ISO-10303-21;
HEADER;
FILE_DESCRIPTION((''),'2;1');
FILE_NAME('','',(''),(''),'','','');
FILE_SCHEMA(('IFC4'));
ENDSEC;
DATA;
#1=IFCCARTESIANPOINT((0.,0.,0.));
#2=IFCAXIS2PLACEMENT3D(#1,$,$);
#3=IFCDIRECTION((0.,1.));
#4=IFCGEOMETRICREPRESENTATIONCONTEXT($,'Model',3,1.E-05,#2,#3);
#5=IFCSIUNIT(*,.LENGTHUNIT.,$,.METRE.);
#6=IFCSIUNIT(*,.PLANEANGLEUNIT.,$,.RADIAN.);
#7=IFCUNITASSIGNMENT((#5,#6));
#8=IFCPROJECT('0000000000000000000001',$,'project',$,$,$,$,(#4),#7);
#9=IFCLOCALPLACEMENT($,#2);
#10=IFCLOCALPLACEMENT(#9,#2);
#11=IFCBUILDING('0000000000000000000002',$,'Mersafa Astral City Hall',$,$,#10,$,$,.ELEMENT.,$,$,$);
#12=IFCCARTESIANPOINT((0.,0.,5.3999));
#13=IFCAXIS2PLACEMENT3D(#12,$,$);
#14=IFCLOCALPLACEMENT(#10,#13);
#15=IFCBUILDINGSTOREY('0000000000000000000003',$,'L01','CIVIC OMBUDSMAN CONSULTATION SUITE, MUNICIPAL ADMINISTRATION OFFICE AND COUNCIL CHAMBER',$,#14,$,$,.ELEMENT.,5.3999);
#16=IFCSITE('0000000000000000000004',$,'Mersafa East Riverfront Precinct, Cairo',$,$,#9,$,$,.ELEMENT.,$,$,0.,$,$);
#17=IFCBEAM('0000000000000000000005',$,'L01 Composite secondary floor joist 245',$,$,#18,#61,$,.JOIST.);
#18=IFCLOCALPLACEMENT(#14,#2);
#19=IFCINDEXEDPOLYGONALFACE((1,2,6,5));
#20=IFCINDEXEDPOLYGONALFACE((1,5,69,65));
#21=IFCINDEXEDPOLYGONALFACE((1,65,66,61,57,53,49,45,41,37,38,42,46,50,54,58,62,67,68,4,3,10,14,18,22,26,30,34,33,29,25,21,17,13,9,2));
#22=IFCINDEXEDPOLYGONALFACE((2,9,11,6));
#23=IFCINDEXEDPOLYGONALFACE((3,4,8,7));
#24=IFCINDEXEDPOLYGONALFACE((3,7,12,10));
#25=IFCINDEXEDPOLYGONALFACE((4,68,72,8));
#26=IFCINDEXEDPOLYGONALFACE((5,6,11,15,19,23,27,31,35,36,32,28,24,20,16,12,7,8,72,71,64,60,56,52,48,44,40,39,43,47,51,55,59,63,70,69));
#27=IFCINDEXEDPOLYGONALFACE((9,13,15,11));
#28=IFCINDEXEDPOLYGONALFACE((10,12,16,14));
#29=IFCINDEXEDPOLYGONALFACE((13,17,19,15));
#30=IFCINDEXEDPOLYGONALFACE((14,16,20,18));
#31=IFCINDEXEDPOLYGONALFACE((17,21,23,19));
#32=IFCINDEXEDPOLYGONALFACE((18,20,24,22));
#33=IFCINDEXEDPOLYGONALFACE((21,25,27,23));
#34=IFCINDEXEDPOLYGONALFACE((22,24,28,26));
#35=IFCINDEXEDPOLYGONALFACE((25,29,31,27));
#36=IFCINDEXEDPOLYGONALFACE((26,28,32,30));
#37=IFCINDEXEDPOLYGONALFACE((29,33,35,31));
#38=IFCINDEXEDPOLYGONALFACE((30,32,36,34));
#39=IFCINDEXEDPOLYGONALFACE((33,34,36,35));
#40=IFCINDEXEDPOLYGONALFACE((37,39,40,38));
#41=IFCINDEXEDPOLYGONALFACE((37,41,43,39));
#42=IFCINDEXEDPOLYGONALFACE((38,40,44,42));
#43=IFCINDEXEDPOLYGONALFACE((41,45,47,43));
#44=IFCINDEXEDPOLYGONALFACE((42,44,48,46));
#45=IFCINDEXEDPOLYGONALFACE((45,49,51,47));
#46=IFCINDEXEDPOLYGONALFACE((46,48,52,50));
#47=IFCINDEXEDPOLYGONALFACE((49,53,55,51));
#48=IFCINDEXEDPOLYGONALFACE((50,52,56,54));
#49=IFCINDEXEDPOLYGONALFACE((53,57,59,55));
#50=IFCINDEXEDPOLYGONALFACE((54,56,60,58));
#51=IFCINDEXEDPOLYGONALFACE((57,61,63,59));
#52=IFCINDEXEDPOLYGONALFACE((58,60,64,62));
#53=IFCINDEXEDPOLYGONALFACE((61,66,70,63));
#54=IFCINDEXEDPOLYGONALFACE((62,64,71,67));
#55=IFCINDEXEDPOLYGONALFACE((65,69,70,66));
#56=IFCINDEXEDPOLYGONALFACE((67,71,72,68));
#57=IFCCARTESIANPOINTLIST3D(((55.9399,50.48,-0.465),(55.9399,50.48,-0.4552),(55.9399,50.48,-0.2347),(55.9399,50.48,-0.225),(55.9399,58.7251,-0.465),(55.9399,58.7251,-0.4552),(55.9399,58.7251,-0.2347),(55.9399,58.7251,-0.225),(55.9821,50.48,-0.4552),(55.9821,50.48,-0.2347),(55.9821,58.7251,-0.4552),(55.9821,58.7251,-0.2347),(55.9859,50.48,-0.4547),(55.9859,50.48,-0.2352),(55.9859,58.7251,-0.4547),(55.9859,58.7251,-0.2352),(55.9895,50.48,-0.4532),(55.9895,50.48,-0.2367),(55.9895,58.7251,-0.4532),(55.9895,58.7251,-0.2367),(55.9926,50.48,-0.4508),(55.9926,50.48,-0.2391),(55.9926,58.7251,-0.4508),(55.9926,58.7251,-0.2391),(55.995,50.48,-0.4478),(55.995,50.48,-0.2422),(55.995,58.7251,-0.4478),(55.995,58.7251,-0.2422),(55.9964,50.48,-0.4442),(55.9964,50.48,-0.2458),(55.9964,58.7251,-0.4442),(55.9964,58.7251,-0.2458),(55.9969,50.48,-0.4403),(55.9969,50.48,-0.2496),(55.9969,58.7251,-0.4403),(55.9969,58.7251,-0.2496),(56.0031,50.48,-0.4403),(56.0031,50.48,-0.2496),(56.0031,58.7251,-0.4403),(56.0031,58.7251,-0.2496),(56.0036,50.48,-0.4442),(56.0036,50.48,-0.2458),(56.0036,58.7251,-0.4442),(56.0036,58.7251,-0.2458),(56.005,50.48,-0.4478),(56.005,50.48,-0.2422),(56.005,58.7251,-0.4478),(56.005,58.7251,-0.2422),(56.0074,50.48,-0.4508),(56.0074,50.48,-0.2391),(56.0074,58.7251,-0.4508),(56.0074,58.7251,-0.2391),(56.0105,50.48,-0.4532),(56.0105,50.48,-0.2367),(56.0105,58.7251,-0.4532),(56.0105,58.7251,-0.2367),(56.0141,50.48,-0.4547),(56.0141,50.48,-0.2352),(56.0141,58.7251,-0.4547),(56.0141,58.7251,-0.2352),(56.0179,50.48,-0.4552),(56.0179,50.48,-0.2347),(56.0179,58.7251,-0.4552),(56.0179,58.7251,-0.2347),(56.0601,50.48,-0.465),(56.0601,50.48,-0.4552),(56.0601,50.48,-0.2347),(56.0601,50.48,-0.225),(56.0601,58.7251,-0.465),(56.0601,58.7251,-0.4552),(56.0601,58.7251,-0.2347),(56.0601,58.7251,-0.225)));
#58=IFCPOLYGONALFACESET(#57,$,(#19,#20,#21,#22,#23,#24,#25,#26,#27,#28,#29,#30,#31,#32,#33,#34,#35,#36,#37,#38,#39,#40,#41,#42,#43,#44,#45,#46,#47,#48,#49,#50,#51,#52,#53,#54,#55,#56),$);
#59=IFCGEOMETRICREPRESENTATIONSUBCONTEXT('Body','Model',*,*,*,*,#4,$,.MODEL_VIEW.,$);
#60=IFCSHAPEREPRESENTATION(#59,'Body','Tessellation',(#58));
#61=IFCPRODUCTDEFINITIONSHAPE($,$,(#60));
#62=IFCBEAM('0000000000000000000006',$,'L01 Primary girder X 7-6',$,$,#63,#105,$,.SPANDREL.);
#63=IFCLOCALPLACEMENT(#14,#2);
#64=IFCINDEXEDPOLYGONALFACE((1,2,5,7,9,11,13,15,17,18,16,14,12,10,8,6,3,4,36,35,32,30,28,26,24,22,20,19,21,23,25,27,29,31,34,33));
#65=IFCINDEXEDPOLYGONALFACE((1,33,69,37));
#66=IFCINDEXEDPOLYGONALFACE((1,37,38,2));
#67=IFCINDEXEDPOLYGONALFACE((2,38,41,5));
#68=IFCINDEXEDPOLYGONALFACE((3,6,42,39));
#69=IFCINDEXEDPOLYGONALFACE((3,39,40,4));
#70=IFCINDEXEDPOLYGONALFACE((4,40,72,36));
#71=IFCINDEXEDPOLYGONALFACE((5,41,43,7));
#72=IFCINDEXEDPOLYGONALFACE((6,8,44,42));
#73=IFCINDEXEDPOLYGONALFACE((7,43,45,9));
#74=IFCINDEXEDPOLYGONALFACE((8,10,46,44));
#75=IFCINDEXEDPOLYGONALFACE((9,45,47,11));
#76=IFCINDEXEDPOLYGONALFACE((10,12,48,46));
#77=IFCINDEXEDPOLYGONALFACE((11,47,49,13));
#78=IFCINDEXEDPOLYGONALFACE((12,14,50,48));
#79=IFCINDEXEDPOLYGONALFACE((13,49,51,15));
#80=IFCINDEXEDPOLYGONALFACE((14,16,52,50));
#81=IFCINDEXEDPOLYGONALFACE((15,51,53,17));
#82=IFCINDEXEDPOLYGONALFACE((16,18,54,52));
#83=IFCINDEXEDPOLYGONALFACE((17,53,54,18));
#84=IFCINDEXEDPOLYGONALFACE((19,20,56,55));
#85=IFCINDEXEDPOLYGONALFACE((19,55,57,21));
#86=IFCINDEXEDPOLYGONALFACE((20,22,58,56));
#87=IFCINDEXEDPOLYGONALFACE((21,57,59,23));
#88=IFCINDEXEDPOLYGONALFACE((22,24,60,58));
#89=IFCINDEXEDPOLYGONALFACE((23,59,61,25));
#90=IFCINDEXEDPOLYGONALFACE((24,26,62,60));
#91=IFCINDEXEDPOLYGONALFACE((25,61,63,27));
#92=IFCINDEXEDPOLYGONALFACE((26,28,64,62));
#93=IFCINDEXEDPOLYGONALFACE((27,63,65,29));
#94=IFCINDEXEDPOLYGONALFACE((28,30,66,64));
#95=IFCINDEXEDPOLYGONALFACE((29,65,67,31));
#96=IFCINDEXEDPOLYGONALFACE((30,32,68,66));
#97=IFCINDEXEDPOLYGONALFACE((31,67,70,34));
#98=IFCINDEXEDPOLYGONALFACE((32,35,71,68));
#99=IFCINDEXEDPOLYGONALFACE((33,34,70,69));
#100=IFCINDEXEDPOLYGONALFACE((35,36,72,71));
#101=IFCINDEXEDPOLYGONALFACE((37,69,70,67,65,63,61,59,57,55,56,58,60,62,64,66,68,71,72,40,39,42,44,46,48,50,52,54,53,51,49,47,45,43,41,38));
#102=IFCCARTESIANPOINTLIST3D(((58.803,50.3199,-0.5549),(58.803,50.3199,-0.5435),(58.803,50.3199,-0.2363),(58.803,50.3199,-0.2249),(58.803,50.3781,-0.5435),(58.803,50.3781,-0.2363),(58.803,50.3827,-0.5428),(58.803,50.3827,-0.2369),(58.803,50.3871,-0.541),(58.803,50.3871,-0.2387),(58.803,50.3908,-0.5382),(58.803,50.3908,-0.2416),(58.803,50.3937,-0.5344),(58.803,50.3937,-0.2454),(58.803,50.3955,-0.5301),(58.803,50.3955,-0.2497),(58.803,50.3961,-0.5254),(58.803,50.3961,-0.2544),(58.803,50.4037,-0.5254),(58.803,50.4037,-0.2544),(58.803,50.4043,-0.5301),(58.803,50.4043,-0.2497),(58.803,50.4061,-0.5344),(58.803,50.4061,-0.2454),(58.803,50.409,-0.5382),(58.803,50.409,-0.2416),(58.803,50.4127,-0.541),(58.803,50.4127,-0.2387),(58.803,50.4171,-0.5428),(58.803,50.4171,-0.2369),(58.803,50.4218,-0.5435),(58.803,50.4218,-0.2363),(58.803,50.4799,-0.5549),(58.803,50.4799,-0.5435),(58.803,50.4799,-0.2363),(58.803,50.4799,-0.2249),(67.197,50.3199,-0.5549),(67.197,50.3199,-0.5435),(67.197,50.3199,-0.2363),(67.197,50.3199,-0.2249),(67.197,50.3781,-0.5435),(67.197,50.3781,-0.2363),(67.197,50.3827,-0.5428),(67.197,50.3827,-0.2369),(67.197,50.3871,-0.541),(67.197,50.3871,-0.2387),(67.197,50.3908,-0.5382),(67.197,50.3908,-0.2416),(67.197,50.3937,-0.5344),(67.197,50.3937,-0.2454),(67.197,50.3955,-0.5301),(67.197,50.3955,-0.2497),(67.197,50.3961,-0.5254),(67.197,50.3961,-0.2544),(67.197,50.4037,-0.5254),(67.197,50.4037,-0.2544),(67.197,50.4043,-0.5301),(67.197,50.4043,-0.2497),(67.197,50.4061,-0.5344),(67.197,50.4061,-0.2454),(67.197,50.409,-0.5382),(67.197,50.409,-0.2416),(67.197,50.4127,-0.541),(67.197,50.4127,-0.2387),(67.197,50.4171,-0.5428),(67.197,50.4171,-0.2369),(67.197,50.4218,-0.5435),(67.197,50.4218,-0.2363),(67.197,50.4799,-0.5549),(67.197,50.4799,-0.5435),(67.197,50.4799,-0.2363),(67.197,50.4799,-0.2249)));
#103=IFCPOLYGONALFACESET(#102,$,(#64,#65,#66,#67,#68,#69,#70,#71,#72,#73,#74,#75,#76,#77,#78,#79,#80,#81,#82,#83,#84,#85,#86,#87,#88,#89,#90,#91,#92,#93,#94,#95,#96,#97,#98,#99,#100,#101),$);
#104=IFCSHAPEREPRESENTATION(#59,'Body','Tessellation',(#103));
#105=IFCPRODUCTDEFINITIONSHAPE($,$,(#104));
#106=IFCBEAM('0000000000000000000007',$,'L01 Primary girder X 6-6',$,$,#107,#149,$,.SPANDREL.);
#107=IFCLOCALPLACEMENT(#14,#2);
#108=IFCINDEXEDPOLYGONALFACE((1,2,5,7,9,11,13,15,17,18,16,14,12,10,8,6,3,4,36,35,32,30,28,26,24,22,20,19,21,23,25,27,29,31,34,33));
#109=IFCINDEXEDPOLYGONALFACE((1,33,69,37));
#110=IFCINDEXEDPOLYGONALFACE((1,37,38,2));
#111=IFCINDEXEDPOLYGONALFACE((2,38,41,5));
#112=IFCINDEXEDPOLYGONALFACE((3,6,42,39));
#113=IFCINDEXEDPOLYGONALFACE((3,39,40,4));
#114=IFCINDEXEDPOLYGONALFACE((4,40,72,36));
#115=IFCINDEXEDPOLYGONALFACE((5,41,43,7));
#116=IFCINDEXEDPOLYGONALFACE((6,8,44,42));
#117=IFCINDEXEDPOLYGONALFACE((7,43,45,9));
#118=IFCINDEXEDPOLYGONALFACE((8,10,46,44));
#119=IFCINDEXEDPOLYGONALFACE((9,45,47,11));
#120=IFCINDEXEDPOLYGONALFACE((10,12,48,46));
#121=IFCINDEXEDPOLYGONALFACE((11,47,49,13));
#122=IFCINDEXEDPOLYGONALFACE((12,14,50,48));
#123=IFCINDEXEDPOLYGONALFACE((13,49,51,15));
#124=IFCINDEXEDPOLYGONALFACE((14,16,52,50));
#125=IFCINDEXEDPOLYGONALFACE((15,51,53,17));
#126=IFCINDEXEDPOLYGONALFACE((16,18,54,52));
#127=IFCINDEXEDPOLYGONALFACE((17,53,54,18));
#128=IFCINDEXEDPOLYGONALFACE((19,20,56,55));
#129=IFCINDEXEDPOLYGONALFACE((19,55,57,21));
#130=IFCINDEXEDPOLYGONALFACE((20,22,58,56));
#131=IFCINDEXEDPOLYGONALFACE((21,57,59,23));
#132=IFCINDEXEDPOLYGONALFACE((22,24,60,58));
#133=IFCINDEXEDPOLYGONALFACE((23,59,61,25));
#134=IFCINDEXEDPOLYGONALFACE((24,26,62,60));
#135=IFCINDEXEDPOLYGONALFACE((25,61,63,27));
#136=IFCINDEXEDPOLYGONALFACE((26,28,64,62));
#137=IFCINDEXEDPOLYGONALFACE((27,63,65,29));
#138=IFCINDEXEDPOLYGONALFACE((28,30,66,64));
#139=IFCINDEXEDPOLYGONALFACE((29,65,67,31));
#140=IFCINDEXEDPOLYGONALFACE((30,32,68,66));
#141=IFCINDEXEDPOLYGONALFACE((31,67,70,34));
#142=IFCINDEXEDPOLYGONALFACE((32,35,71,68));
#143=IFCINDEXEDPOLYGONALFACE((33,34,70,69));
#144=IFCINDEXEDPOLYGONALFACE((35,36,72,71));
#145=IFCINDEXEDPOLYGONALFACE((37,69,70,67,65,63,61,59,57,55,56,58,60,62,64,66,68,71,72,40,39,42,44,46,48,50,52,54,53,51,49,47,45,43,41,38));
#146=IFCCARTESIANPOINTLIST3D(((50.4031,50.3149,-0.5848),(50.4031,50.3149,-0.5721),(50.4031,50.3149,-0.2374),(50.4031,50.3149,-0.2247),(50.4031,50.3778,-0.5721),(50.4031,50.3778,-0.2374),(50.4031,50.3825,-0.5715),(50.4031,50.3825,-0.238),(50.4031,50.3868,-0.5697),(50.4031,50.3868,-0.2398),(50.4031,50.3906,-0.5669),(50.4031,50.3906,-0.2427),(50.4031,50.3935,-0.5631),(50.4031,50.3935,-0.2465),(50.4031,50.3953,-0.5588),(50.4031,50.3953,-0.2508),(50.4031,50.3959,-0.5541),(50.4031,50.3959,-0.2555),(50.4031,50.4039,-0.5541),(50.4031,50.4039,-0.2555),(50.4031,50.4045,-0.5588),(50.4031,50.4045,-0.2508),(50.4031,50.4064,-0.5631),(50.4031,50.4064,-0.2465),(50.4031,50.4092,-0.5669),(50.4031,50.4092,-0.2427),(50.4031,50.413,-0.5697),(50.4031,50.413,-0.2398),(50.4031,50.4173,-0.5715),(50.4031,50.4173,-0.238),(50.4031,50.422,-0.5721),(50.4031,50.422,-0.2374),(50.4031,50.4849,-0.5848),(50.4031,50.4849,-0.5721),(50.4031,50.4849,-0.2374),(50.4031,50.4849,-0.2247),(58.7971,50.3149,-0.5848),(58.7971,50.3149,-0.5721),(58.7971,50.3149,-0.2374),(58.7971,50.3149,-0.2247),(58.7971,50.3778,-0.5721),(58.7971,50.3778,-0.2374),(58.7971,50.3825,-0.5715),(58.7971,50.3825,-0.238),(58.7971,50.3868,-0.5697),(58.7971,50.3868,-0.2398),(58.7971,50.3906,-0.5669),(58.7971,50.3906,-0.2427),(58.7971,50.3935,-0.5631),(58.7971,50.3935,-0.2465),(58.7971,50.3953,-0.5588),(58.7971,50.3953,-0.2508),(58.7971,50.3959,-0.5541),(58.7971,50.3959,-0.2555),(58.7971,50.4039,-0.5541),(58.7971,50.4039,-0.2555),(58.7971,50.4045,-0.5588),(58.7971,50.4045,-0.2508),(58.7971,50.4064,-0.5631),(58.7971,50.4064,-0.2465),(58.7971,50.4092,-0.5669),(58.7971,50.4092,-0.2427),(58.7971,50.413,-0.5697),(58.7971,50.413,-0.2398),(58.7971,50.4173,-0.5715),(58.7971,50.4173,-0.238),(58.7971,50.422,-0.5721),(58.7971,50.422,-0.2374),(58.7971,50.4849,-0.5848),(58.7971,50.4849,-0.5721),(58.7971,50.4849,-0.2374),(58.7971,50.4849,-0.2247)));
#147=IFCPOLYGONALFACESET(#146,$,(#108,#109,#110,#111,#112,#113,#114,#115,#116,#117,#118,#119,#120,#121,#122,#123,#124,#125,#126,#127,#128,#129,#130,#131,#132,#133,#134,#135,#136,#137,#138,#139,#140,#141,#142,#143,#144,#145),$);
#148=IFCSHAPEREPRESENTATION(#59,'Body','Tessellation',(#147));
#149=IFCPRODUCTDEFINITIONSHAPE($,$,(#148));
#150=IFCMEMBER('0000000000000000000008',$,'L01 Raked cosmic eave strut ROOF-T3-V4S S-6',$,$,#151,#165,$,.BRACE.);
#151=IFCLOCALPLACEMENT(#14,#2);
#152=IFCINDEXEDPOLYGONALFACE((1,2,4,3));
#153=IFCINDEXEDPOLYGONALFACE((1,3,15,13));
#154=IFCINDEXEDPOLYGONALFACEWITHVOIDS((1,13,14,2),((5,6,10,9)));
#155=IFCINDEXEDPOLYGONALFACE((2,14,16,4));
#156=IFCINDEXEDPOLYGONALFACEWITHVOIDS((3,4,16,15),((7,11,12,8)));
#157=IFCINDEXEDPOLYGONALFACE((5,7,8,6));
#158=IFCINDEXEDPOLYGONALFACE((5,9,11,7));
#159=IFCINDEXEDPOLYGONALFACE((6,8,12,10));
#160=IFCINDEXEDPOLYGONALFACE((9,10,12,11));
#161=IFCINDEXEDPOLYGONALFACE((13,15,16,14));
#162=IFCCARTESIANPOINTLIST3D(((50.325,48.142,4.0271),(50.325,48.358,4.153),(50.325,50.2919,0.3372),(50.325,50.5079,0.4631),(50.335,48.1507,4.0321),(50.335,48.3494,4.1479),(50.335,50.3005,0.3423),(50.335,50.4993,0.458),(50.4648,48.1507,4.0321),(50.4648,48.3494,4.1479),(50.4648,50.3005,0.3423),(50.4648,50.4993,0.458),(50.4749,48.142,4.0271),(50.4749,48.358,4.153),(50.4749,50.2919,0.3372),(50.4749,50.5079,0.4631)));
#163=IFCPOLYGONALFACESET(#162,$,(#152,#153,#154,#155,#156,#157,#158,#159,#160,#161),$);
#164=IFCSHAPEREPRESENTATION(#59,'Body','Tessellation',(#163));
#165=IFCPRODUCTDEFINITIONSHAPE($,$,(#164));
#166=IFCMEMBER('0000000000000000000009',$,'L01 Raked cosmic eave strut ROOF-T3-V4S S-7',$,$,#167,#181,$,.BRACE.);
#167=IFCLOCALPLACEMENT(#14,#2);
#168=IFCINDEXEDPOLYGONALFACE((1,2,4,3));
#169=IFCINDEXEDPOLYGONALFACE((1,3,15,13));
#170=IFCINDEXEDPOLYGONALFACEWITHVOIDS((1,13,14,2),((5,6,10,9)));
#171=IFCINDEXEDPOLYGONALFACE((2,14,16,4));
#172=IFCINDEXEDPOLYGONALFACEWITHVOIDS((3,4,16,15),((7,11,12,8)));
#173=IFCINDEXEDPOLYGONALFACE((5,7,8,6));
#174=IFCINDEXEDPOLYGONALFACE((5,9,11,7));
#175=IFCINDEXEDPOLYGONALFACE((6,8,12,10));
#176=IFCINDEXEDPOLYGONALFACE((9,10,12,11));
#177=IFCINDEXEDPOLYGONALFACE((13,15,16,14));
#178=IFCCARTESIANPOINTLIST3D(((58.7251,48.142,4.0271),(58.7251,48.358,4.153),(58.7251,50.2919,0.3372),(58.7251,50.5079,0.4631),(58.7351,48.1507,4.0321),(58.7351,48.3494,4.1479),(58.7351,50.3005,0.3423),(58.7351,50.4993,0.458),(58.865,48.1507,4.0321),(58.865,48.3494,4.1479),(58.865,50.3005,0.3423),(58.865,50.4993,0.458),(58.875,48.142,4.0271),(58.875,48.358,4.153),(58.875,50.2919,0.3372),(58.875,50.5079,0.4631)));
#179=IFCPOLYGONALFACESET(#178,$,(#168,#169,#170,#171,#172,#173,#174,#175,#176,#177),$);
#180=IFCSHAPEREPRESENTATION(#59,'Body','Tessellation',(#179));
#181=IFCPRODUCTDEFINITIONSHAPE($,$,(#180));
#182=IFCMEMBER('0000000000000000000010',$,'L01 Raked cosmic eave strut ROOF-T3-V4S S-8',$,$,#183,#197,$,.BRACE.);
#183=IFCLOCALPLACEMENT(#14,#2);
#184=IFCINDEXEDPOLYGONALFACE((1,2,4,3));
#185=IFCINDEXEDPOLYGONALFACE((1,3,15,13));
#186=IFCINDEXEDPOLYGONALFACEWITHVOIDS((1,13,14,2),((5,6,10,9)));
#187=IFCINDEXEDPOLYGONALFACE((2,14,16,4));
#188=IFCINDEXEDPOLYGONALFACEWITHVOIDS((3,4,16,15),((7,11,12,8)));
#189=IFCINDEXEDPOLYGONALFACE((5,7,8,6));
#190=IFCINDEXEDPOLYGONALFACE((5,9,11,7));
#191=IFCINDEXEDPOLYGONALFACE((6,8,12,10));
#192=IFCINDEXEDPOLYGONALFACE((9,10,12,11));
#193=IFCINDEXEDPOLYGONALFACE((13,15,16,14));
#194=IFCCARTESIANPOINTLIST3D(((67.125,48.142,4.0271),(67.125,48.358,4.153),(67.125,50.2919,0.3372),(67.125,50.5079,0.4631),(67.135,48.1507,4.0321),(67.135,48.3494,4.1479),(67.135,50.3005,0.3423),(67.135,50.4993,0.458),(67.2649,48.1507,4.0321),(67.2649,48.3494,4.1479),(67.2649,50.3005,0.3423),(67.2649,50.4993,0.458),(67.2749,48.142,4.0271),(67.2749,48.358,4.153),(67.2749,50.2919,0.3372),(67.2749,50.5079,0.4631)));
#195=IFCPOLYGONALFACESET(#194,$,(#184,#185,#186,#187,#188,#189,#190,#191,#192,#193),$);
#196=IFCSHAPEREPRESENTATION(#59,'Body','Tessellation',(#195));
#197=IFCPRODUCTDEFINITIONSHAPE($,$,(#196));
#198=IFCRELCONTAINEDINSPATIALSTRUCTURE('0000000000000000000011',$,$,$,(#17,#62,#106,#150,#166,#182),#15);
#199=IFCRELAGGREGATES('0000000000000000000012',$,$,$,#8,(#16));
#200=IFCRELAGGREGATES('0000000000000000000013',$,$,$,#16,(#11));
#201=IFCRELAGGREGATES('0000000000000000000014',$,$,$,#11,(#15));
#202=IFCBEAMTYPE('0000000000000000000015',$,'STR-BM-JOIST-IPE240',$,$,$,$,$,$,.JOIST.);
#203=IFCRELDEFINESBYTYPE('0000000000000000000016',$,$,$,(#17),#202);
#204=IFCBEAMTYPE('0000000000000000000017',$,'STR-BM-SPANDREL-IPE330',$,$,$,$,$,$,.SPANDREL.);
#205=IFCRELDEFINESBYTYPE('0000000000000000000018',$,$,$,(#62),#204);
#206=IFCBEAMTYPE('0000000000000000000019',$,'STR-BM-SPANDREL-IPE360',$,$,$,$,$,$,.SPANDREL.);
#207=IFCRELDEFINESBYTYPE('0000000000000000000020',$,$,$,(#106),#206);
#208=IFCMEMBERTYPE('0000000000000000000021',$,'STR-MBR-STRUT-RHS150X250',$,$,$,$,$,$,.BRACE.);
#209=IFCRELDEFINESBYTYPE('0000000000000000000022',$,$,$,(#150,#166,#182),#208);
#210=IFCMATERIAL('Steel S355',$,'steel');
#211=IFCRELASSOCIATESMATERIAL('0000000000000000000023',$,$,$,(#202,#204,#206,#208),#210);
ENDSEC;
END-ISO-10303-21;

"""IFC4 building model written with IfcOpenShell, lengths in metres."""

from ifc_helpers import new_model, si_unit, direction, frame, origin, origin_2d, place, context, subcontext, project, spatial, hollow_rectangle, i_section, extrude, material, material_profile, profile_set, type_object, element, save


model = new_model("IFC4")

# Units and contexts
model_context = context("Model", 3, precision=1e-05, world=origin(), true_north=direction((0.0, 1.0)))
body_context = subcontext(model_context, "Body", "Model", "MODEL_VIEW")
ifc_project = project(units=[si_unit("LENGTHUNIT", "METRE"), si_unit("PLANEANGLEUNIT", "RADIAN")], contexts=[model_context])

# Site, building, storey
site_placement = place(None, origin())
site = spatial("IfcSite", under=ifc_project, at=site_placement, Name="Mersafa East Riverfront Precinct, Cairo", CompositionType="ELEMENT", RefElevation=0.0)
building_placement = place(site_placement, origin())
building = spatial("IfcBuilding", under=site, at=building_placement, Name="Mersafa Astral City Hall", CompositionType="ELEMENT")
storey_placement = place(building_placement, frame((0.0, 0.0, 5.3999)))
storey = spatial("IfcBuildingStorey", under=building, at=storey_placement, Name="L01", Description="CIVIC OMBUDSMAN CONSULTATION SUITE, MUNICIPAL ADMINISTRATION OFFICE AND COUNCIL CHAMBER", CompositionType="ELEMENT", Elevation=5.3999)

# Shared definitions
ifc_material_1 = material(Name="Steel S355", Category="steel")

# Beams
ifc_material_profile_1 = material_profile(ifc_material_1, i_section(OverallWidth=0.1201, OverallDepth=0.24, WebThickness=0.0061, FlangeThickness=0.0098, FilletRadius=0.0149, at=origin_2d()), Name="IPE 240")
ifc_profile_set_1 = profile_set([ifc_material_profile_1], Name="Steel S355")
beam_type_1 = type_object("IfcBeamType", Name="STR-BM-JOIST-IPE240", PredefinedType="JOIST", material=ifc_profile_set_1)
for number, where, z_axis, x_axis, name in (
    (1, (56.0, 50.48, -0.345), (0.0, 1.0, 0.0), (-1.0, 0.0, 0.0), "L01 Composite secondary floor joist 245"),
):
    element("IfcBeam", number, at=place(storey_placement, frame(where, z_axis=z_axis, x_axis=x_axis)), inside=storey, type_object=beam_type_1, Name=name, PredefinedType="JOIST", context=body_context, shape_type="SweptSolid", body=[
        extrude(i_section(OverallWidth=0.1201, OverallDepth=0.24, WebThickness=0.0061, FlangeThickness=0.0098, FilletRadius=0.0149, at=origin_2d()), origin(), (0.0, 0.0, 1.0), 8.2451),
    ])
ifc_material_profile_2 = material_profile(ifc_material_1, i_section(OverallWidth=0.1599, OverallDepth=0.3301, WebThickness=0.0076, FlangeThickness=0.0115, FilletRadius=0.0181, at=origin_2d()), Name="IPE 330")
ifc_profile_set_2 = profile_set([ifc_material_profile_2], Name="Steel S355")
beam_type_2 = type_object("IfcBeamType", Name="STR-BM-SPANDREL-IPE330", PredefinedType="SPANDREL", material=ifc_profile_set_2)
beam_1_placement = place(storey_placement, frame((58.803, 50.3999, -0.3899), z_axis=(1.0, 0.0, 0.0), x_axis=(0.0, 1.0, 0.0)))
element("IfcBeam", 2, at=beam_1_placement, inside=storey, type_object=beam_type_2, Name="L01 Primary girder X 7-6", PredefinedType="SPANDREL", context=body_context, shape_type="SweptSolid", body=[
    extrude(i_section(OverallWidth=0.1599, OverallDepth=0.3301, WebThickness=0.0076, FlangeThickness=0.0115, FilletRadius=0.0181, at=origin_2d()), origin(), (0.0, 0.0, 1.0), 8.394),
])
ifc_material_profile_3 = material_profile(ifc_material_1, i_section(OverallWidth=0.1699, OverallDepth=0.3601, WebThickness=0.0081, FlangeThickness=0.0127, FilletRadius=0.0181, at=origin_2d()), Name="IPE 360")
ifc_profile_set_3 = profile_set([ifc_material_profile_3], Name="Steel S355")
beam_type_3 = type_object("IfcBeamType", Name="STR-BM-SPANDREL-IPE360", PredefinedType="SPANDREL", material=ifc_profile_set_3)
beam_2_placement = place(storey_placement, frame((50.4031, 50.3999, -0.4048), z_axis=(1.0, 0.0, 0.0), x_axis=(0.0, 1.0, 0.0)))
element("IfcBeam", 3, at=beam_2_placement, inside=storey, type_object=beam_type_3, Name="L01 Primary girder X 6-6", PredefinedType="SPANDREL", context=body_context, shape_type="SweptSolid", body=[
    extrude(i_section(OverallWidth=0.1699, OverallDepth=0.3601, WebThickness=0.0081, FlangeThickness=0.0127, FilletRadius=0.0181, at=origin_2d()), origin(), (0.0, 0.0, 1.0), 8.394),
])

# Members
ifc_material_profile_4 = material_profile(ifc_material_1, hollow_rectangle(XDim=0.1499, YDim=0.25, WallThickness=0.01, at=origin_2d()), Name="RHS 150x250x10")
ifc_profile_set_4 = profile_set([ifc_material_profile_4], Name="Steel S355")
member_type_1 = type_object("IfcMemberType", Name="STR-MBR-STRUT-RHS150X250", PredefinedType="BRACE", material=ifc_profile_set_4)
for number, where, z_axis, x_axis, name in (
    (4, (50.3999, 50.3999, 0.4001), (0.0, -0.503423, 0.86404), (1.0, 0.0, 0.0), "L01 Raked cosmic eave strut ROOF-T3-V4S S-6"),
    (5, (58.8, 50.3999, 0.4001), (0.0, -0.503423, 0.86404), (1.0, 0.0, 0.0), "L01 Raked cosmic eave strut ROOF-T3-V4S S-7"),
    (6, (67.2, 50.3999, 0.4001), (0.0, -0.503423, 0.86404), (1.0, 0.0, 0.0), "L01 Raked cosmic eave strut ROOF-T3-V4S S-8"),
):
    element("IfcMember", number, at=place(storey_placement, frame(where, z_axis=z_axis, x_axis=x_axis)), inside=storey, type_object=member_type_1, Name=name, PredefinedType="BRACE", context=body_context, shape_type="SweptSolid", body=[
        extrude(hollow_rectangle(XDim=0.1499, YDim=0.25, WallThickness=0.01, at=origin_2d()), origin(), (0.0, 0.0, 1.0), 4.2705),
    ])

save(model, "model.ifc")
